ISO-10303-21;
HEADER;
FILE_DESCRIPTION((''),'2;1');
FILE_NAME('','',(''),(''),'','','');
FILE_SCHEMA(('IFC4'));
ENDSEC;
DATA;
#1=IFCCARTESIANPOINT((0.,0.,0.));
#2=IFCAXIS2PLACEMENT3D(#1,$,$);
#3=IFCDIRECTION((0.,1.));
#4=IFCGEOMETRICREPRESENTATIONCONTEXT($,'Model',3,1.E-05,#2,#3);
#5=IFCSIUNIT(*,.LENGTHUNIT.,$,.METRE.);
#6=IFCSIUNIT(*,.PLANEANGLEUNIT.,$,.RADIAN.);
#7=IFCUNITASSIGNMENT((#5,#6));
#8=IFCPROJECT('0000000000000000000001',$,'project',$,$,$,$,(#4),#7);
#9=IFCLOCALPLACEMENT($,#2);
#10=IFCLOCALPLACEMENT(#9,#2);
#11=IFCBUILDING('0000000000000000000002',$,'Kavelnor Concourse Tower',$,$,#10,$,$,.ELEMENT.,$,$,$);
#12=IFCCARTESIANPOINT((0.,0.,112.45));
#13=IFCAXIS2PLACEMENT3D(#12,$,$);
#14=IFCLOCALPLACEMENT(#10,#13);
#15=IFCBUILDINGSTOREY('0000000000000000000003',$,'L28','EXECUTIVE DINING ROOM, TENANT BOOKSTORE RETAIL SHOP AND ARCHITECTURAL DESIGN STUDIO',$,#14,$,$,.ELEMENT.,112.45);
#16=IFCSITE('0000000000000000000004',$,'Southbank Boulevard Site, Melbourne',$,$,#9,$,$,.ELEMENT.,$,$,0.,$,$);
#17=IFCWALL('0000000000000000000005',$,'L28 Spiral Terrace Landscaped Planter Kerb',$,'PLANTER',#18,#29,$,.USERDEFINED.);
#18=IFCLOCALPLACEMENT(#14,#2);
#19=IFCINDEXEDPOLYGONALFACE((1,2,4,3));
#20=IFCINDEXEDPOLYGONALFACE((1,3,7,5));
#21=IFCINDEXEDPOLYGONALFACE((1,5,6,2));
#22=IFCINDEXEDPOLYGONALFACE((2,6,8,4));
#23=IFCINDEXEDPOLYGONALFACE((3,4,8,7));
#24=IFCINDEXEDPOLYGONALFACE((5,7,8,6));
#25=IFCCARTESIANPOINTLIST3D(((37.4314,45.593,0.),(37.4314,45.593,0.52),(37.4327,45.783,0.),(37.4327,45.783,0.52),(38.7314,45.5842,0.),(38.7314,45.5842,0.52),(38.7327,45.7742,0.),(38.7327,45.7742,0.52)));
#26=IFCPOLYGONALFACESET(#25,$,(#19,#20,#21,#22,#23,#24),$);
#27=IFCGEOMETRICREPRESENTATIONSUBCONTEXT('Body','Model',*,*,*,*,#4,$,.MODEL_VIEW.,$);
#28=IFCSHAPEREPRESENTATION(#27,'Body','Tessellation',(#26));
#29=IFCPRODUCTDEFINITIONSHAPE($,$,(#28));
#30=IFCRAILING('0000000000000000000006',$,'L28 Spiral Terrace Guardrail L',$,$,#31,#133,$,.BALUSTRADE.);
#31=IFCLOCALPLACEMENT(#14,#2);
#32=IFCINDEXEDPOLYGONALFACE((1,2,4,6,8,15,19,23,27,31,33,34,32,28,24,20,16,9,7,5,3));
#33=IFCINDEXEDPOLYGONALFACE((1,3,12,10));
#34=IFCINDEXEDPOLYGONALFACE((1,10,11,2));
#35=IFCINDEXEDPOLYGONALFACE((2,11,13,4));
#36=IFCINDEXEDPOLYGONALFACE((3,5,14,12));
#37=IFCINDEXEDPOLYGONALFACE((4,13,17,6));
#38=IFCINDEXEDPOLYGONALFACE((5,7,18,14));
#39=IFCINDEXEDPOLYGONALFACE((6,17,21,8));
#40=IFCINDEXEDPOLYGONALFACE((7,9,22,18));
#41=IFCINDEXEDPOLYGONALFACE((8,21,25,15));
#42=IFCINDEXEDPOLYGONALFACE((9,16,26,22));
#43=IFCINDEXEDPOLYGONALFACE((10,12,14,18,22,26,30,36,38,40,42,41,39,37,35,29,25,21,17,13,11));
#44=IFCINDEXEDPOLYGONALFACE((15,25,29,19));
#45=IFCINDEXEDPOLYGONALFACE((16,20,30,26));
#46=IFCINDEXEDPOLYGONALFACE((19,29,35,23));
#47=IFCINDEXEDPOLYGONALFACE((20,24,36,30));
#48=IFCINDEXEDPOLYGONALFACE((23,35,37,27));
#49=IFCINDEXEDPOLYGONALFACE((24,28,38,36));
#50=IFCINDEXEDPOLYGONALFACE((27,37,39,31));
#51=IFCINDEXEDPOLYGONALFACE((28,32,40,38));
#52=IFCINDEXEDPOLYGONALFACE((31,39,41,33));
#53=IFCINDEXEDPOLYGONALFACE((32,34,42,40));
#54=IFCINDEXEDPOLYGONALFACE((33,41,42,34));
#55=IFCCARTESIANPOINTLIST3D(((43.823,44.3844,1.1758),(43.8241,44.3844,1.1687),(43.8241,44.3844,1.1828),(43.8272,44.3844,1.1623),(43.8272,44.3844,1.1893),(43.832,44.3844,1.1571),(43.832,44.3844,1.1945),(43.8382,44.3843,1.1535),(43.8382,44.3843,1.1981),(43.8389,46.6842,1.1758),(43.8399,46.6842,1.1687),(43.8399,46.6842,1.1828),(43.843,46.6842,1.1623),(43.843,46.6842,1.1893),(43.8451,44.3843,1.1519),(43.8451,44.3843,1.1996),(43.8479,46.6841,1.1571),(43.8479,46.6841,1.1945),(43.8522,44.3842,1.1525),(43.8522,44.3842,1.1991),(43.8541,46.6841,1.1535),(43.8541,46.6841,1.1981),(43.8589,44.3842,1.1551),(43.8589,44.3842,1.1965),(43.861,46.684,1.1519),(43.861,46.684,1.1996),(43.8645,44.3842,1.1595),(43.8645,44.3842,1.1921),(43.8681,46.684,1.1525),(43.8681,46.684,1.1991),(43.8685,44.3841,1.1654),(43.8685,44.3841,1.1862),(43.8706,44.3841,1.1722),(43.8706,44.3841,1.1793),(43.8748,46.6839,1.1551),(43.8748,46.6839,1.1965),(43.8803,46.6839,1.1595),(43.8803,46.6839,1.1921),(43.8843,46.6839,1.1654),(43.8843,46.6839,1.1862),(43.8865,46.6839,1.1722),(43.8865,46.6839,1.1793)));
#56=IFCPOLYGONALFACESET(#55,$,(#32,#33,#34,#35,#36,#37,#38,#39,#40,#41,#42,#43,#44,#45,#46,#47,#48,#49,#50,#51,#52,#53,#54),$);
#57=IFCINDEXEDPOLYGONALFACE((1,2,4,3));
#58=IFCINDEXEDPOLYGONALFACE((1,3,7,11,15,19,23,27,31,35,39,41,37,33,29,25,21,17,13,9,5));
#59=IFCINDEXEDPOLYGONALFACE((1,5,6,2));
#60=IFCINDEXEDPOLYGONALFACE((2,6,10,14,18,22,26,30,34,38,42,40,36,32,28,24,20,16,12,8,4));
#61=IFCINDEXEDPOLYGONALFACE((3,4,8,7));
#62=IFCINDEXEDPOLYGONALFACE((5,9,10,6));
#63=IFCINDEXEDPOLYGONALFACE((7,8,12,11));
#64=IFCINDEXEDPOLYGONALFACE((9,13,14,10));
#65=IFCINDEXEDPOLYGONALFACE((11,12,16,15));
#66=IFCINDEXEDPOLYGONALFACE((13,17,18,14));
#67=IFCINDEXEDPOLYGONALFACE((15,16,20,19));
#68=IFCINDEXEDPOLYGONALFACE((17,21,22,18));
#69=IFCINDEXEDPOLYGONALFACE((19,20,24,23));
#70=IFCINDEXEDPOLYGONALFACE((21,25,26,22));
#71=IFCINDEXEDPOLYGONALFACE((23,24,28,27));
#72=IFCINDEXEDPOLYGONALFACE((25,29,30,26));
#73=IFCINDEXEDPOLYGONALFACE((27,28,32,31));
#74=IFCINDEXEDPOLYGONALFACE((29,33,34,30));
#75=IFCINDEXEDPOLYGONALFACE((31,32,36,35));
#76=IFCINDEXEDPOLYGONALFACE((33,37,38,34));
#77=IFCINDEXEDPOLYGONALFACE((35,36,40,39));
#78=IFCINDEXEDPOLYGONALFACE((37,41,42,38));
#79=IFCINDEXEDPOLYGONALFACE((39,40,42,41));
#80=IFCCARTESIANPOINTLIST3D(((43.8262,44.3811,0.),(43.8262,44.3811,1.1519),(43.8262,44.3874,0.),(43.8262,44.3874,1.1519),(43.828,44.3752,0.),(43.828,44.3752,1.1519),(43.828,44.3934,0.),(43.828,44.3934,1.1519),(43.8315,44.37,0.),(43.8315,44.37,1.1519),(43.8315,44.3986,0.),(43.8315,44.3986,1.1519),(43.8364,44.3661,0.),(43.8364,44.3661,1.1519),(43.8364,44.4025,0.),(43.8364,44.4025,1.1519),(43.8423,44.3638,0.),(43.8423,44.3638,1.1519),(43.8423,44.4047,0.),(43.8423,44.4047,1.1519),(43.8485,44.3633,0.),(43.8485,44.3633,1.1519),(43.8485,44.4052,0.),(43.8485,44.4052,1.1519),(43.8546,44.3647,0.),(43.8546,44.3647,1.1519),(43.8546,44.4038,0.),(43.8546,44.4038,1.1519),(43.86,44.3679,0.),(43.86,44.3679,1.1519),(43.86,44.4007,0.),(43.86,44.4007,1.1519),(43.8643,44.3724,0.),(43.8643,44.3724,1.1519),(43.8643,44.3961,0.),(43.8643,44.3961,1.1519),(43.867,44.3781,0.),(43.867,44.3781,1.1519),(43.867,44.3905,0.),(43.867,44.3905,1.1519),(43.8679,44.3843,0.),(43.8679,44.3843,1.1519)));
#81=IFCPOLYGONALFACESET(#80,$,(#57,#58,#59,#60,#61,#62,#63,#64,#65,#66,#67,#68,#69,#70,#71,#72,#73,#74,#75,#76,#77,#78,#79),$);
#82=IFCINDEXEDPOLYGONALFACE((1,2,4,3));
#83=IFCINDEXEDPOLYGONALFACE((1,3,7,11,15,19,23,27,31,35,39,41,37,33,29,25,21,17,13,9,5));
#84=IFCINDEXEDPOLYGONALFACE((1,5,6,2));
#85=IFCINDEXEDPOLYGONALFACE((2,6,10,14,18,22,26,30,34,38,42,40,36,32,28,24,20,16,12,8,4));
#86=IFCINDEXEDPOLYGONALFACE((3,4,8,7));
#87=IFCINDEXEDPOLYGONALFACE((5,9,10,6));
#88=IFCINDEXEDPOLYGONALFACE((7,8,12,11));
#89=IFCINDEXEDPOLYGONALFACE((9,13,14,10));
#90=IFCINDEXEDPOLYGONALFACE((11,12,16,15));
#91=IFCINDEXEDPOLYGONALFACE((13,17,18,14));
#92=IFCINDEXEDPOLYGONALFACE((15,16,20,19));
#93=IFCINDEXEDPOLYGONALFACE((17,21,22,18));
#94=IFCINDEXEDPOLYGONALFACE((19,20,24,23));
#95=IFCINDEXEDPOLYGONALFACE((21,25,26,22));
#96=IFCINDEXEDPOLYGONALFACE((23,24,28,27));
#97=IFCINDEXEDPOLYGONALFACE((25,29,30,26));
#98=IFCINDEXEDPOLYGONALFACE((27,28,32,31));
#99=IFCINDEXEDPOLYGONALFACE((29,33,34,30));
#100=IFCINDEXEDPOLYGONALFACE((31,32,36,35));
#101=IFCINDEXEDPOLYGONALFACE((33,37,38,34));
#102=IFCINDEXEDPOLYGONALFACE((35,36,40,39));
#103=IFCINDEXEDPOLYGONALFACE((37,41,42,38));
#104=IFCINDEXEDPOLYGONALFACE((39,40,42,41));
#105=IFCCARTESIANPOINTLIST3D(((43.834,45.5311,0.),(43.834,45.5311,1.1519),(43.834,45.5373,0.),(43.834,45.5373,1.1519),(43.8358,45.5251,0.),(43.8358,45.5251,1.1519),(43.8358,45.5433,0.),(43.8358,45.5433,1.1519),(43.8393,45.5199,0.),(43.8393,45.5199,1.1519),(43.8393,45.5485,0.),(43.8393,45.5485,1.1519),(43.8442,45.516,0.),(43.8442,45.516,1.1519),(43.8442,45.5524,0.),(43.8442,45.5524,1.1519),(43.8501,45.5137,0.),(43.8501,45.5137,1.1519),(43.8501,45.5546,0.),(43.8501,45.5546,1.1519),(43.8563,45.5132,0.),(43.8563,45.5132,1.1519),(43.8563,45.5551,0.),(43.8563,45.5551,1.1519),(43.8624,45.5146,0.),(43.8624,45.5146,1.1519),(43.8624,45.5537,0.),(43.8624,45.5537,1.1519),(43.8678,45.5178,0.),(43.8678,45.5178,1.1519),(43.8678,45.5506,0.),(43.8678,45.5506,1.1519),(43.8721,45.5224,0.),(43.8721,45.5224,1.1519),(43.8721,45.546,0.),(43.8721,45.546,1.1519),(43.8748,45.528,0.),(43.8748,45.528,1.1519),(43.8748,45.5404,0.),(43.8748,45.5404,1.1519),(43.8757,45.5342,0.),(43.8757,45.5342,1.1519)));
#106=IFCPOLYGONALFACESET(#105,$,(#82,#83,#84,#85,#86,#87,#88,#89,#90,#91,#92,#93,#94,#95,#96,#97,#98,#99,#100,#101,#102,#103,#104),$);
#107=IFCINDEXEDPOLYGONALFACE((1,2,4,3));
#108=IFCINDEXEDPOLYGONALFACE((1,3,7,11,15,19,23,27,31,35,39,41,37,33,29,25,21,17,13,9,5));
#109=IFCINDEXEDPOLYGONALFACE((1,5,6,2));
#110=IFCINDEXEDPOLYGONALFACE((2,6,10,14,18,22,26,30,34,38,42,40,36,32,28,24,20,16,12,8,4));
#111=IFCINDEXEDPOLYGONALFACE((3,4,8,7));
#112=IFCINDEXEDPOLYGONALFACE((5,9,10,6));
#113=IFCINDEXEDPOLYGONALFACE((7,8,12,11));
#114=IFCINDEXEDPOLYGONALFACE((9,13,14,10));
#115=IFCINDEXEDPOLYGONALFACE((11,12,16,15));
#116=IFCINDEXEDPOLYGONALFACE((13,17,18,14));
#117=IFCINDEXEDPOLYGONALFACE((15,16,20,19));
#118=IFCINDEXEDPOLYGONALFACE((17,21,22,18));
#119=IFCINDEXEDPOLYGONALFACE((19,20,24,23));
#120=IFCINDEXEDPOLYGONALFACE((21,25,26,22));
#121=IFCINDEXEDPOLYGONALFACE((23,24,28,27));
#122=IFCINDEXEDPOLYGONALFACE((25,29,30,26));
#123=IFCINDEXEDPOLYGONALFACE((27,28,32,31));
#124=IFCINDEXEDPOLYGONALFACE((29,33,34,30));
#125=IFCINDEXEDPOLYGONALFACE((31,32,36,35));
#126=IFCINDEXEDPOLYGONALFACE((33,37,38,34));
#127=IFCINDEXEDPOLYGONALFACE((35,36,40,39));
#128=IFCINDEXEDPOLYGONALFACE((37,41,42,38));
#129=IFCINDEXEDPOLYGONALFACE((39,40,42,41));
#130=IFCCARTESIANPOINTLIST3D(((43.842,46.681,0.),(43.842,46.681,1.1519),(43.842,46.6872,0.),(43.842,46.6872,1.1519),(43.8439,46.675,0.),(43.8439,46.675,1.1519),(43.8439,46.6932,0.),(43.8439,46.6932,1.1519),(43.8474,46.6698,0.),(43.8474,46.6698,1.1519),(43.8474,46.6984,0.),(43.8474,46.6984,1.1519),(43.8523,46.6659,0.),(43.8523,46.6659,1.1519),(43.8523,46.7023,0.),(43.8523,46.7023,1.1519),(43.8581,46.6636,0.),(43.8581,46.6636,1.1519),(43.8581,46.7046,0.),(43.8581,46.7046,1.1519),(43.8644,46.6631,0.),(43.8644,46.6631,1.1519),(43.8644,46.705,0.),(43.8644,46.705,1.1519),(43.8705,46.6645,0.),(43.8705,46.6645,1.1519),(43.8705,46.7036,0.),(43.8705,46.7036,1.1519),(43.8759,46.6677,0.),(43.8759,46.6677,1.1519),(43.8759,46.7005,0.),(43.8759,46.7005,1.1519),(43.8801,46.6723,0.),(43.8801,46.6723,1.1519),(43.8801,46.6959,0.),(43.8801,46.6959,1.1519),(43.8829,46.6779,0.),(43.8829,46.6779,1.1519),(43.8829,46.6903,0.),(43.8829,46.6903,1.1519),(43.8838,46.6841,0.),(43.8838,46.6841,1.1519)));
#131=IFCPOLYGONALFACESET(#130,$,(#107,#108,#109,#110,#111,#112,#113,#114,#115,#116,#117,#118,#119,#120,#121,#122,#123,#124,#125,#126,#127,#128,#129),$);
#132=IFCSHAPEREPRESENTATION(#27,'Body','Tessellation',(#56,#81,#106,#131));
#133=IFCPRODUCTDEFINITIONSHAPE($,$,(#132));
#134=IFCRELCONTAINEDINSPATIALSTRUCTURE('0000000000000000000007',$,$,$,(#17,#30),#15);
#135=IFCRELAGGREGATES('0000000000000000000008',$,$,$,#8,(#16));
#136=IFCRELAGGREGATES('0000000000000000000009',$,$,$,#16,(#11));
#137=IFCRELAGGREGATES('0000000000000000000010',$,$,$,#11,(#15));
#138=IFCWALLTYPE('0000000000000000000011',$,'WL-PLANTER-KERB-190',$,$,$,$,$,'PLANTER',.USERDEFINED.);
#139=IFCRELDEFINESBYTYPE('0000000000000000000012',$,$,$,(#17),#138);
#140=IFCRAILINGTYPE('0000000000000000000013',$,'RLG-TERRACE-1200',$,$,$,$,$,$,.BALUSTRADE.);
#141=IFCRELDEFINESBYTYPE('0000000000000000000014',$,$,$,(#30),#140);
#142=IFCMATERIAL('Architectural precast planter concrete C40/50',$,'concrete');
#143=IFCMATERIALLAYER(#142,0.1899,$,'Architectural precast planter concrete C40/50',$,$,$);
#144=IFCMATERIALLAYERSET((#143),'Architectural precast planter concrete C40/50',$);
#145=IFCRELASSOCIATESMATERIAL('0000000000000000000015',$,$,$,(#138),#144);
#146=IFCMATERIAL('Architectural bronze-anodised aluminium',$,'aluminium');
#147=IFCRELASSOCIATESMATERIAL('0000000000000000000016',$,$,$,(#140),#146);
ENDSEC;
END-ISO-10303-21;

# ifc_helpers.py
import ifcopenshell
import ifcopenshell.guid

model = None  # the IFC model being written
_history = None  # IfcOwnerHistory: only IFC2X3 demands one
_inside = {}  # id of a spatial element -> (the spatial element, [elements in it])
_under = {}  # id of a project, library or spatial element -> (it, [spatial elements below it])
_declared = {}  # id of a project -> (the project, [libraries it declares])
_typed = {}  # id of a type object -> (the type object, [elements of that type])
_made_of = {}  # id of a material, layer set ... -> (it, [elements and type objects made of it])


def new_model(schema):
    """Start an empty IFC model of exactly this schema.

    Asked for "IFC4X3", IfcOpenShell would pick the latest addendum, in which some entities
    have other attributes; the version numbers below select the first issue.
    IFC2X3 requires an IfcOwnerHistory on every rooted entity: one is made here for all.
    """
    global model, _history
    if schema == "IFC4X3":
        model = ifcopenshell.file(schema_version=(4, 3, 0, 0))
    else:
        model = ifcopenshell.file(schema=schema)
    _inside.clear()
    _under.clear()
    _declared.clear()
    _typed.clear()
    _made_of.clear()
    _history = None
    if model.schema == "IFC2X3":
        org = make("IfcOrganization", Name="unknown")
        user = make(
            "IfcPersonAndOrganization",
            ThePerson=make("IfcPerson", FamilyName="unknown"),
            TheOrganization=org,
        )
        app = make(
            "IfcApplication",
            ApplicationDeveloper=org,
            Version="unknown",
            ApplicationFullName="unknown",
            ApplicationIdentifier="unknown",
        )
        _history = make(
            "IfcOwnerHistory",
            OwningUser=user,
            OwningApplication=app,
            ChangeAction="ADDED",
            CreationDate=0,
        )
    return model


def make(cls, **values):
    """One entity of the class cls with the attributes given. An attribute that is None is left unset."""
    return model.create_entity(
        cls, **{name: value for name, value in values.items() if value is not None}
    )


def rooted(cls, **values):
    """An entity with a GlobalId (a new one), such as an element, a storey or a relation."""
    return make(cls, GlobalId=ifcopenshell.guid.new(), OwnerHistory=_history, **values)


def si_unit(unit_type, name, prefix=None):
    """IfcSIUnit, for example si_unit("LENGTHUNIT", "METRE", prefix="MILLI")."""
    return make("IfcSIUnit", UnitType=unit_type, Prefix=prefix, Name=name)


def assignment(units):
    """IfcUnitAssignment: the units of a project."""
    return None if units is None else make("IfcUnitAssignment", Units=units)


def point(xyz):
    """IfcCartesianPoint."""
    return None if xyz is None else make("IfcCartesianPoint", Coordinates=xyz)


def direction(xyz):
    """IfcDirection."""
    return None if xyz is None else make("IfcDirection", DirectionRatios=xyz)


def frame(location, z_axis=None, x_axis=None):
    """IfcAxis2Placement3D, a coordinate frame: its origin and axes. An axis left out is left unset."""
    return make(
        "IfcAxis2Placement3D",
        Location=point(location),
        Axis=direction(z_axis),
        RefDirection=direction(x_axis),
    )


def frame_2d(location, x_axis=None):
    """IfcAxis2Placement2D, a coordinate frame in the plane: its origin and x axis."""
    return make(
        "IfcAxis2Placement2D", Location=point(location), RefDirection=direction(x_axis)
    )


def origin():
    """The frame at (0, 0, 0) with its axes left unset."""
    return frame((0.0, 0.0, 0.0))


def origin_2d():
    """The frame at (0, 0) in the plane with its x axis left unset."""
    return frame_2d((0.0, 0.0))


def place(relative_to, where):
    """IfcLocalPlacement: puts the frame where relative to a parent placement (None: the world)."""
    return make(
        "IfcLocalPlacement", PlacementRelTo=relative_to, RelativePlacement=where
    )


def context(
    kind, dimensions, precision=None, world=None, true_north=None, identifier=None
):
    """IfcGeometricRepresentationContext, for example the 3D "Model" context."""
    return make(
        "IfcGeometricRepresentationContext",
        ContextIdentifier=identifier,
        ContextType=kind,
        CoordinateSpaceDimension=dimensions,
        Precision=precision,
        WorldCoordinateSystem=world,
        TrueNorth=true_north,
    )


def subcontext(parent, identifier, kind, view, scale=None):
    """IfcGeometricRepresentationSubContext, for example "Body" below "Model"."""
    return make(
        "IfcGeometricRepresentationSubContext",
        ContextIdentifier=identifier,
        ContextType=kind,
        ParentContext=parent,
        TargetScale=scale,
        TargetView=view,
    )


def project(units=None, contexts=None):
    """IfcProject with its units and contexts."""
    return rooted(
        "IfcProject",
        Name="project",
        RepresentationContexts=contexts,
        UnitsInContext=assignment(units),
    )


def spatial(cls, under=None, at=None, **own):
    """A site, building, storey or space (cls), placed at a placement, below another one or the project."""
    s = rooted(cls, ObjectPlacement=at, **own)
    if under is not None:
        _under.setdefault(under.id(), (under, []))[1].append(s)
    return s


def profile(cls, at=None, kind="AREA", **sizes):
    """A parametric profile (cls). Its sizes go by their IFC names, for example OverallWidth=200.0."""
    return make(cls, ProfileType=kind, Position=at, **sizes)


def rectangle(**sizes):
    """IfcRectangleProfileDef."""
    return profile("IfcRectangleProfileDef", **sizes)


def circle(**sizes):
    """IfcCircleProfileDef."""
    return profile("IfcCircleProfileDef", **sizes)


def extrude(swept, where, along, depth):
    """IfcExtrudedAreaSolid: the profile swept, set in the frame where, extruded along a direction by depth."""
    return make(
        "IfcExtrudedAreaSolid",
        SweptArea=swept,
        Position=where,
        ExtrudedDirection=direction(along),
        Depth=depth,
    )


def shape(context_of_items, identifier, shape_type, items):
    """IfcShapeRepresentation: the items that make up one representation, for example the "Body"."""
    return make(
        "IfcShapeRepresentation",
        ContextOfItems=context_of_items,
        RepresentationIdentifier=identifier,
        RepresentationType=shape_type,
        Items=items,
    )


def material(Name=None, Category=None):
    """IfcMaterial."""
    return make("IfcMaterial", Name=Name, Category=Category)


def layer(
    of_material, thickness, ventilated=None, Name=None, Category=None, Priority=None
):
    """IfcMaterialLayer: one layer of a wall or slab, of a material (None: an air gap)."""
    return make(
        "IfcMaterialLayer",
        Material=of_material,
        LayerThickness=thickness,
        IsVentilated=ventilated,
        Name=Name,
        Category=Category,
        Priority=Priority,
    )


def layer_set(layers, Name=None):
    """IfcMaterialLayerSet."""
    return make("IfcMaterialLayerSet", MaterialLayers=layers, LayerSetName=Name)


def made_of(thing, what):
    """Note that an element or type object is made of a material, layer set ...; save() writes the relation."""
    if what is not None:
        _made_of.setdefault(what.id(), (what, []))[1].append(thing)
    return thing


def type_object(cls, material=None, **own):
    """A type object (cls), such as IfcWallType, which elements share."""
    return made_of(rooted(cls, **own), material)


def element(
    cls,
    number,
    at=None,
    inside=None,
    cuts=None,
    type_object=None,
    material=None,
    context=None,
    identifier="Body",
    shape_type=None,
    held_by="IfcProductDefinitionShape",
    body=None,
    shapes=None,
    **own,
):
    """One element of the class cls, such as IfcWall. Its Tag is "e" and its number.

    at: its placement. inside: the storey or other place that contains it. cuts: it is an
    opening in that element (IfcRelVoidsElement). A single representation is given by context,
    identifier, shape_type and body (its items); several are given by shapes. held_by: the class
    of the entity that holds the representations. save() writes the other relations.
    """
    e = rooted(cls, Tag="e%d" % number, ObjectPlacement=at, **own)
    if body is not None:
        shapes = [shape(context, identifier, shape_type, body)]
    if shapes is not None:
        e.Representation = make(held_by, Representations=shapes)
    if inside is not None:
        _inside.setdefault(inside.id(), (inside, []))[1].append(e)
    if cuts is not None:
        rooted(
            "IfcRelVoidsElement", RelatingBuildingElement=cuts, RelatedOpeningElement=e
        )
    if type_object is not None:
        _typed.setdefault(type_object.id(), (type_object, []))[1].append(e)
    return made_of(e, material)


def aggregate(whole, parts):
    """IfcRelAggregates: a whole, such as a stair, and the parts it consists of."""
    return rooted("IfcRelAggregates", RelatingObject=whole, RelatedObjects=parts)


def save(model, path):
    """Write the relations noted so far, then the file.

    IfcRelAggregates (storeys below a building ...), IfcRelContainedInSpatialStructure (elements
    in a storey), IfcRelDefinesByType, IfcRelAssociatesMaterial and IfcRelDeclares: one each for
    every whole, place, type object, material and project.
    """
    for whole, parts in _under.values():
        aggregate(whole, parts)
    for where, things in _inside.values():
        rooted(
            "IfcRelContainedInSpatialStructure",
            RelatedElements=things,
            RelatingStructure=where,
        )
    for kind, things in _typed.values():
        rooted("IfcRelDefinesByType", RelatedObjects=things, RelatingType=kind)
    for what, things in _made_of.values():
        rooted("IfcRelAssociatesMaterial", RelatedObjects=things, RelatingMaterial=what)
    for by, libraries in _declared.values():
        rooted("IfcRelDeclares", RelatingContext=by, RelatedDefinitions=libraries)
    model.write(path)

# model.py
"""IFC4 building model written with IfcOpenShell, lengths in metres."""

from ifc_helpers import new_model, si_unit, direction, frame, frame_2d, origin, origin_2d, place, context, subcontext, project, spatial, rectangle, circle, extrude, material, layer, layer_set, type_object, element, save


model = new_model("IFC4")

# Units and contexts
model_context = context("Model", 3, precision=1e-05, world=origin(), true_north=direction((0.0, 1.0)))
body_context = subcontext(model_context, "Body", "Model", "MODEL_VIEW")
ifc_project = project(units=[si_unit("LENGTHUNIT", "METRE"), si_unit("PLANEANGLEUNIT", "RADIAN")], contexts=[model_context])

# Site, building, storey
site_placement = place(None, origin())
site = spatial("IfcSite", under=ifc_project, at=site_placement, Name="Southbank Boulevard Site, Melbourne", CompositionType="ELEMENT", RefElevation=0.0)
building_placement = place(site_placement, origin())
building = spatial("IfcBuilding", under=site, at=building_placement, Name="Kavelnor Concourse Tower", CompositionType="ELEMENT")
storey_placement = place(building_placement, frame((0.0, 0.0, 112.45)))
storey = spatial("IfcBuildingStorey", under=building, at=storey_placement, Name="L28", Description="EXECUTIVE DINING ROOM, TENANT BOOKSTORE RETAIL SHOP AND ARCHITECTURAL DESIGN STUDIO", CompositionType="ELEMENT", Elevation=112.45)

# Wall
ifc_material_1 = material(Name="Architectural precast planter concrete C40/50", Category="concrete")
ifc_layer_1 = layer(ifc_material_1, 0.1899, Name="Architectural precast planter concrete C40/50")
ifc_layer_set_1 = layer_set([ifc_layer_1], Name="Architectural precast planter concrete C40/50")
wall_type_1 = type_object("IfcWallType", Name="WL-PLANTER-KERB-190", ElementType="PLANTER", PredefinedType="USERDEFINED", material=ifc_layer_set_1)
wall_1_placement = place(storey_placement, frame((38.7319, 45.6792, 0.0), z_axis=(0.0, 0.0, 1.0), x_axis=(-0.999977, 0.00676, 0.0)))
element("IfcWall", 1, at=wall_1_placement, inside=storey, type_object=wall_type_1, Name="L28 Spiral Terrace Landscaped Planter Kerb", ObjectType="PLANTER", PredefinedType="USERDEFINED", context=body_context, shape_type="SweptSolid", body=[
    extrude(rectangle(XDim=1.3, YDim=0.1899, at=frame_2d((0.6499, 0.0))), origin(), (0.0, 0.0, 1.0), 0.52),
])

# Railing
ifc_material_2 = material(Name="Architectural bronze-anodised aluminium", Category="aluminium")
railing_type = type_object("IfcRailingType", Name="RLG-TERRACE-1200", PredefinedType="BALUSTRADE", material=ifc_material_2)
railing_1_placement = place(storey_placement, frame((43.8469, 44.3843, 0.0)))
element("IfcRailing", 2, at=railing_1_placement, inside=storey, type_object=railing_type, Name="L28 Spiral Terrace Guardrail L", PredefinedType="BALUSTRADE", context=body_context, shape_type="SweptSolid", body=[
    extrude(circle(Radius=0.0239, at=origin_2d()), frame((0.0, 0.0, 1.1758), z_axis=(0.0069, 0.999976, 0.0), x_axis=(-0.999976, 0.0069, 0.0)), (0.0, 0.0, 1.0), 2.2998),
    extrude(circle(Radius=0.021, at=origin_2d()), origin(), (0.0, 0.0, 1.0), 1.1519),
    extrude(circle(Radius=0.021, at=origin_2d()), frame((0.0078, 1.1499, 0.0)), (0.0, 0.0, 1.0), 1.1519),
    extrude(circle(Radius=0.021, at=origin_2d()), frame((0.0159, 2.2998, 0.0)), (0.0, 0.0, 1.0), 1.1519),
])

save(model, "model.ifc")
